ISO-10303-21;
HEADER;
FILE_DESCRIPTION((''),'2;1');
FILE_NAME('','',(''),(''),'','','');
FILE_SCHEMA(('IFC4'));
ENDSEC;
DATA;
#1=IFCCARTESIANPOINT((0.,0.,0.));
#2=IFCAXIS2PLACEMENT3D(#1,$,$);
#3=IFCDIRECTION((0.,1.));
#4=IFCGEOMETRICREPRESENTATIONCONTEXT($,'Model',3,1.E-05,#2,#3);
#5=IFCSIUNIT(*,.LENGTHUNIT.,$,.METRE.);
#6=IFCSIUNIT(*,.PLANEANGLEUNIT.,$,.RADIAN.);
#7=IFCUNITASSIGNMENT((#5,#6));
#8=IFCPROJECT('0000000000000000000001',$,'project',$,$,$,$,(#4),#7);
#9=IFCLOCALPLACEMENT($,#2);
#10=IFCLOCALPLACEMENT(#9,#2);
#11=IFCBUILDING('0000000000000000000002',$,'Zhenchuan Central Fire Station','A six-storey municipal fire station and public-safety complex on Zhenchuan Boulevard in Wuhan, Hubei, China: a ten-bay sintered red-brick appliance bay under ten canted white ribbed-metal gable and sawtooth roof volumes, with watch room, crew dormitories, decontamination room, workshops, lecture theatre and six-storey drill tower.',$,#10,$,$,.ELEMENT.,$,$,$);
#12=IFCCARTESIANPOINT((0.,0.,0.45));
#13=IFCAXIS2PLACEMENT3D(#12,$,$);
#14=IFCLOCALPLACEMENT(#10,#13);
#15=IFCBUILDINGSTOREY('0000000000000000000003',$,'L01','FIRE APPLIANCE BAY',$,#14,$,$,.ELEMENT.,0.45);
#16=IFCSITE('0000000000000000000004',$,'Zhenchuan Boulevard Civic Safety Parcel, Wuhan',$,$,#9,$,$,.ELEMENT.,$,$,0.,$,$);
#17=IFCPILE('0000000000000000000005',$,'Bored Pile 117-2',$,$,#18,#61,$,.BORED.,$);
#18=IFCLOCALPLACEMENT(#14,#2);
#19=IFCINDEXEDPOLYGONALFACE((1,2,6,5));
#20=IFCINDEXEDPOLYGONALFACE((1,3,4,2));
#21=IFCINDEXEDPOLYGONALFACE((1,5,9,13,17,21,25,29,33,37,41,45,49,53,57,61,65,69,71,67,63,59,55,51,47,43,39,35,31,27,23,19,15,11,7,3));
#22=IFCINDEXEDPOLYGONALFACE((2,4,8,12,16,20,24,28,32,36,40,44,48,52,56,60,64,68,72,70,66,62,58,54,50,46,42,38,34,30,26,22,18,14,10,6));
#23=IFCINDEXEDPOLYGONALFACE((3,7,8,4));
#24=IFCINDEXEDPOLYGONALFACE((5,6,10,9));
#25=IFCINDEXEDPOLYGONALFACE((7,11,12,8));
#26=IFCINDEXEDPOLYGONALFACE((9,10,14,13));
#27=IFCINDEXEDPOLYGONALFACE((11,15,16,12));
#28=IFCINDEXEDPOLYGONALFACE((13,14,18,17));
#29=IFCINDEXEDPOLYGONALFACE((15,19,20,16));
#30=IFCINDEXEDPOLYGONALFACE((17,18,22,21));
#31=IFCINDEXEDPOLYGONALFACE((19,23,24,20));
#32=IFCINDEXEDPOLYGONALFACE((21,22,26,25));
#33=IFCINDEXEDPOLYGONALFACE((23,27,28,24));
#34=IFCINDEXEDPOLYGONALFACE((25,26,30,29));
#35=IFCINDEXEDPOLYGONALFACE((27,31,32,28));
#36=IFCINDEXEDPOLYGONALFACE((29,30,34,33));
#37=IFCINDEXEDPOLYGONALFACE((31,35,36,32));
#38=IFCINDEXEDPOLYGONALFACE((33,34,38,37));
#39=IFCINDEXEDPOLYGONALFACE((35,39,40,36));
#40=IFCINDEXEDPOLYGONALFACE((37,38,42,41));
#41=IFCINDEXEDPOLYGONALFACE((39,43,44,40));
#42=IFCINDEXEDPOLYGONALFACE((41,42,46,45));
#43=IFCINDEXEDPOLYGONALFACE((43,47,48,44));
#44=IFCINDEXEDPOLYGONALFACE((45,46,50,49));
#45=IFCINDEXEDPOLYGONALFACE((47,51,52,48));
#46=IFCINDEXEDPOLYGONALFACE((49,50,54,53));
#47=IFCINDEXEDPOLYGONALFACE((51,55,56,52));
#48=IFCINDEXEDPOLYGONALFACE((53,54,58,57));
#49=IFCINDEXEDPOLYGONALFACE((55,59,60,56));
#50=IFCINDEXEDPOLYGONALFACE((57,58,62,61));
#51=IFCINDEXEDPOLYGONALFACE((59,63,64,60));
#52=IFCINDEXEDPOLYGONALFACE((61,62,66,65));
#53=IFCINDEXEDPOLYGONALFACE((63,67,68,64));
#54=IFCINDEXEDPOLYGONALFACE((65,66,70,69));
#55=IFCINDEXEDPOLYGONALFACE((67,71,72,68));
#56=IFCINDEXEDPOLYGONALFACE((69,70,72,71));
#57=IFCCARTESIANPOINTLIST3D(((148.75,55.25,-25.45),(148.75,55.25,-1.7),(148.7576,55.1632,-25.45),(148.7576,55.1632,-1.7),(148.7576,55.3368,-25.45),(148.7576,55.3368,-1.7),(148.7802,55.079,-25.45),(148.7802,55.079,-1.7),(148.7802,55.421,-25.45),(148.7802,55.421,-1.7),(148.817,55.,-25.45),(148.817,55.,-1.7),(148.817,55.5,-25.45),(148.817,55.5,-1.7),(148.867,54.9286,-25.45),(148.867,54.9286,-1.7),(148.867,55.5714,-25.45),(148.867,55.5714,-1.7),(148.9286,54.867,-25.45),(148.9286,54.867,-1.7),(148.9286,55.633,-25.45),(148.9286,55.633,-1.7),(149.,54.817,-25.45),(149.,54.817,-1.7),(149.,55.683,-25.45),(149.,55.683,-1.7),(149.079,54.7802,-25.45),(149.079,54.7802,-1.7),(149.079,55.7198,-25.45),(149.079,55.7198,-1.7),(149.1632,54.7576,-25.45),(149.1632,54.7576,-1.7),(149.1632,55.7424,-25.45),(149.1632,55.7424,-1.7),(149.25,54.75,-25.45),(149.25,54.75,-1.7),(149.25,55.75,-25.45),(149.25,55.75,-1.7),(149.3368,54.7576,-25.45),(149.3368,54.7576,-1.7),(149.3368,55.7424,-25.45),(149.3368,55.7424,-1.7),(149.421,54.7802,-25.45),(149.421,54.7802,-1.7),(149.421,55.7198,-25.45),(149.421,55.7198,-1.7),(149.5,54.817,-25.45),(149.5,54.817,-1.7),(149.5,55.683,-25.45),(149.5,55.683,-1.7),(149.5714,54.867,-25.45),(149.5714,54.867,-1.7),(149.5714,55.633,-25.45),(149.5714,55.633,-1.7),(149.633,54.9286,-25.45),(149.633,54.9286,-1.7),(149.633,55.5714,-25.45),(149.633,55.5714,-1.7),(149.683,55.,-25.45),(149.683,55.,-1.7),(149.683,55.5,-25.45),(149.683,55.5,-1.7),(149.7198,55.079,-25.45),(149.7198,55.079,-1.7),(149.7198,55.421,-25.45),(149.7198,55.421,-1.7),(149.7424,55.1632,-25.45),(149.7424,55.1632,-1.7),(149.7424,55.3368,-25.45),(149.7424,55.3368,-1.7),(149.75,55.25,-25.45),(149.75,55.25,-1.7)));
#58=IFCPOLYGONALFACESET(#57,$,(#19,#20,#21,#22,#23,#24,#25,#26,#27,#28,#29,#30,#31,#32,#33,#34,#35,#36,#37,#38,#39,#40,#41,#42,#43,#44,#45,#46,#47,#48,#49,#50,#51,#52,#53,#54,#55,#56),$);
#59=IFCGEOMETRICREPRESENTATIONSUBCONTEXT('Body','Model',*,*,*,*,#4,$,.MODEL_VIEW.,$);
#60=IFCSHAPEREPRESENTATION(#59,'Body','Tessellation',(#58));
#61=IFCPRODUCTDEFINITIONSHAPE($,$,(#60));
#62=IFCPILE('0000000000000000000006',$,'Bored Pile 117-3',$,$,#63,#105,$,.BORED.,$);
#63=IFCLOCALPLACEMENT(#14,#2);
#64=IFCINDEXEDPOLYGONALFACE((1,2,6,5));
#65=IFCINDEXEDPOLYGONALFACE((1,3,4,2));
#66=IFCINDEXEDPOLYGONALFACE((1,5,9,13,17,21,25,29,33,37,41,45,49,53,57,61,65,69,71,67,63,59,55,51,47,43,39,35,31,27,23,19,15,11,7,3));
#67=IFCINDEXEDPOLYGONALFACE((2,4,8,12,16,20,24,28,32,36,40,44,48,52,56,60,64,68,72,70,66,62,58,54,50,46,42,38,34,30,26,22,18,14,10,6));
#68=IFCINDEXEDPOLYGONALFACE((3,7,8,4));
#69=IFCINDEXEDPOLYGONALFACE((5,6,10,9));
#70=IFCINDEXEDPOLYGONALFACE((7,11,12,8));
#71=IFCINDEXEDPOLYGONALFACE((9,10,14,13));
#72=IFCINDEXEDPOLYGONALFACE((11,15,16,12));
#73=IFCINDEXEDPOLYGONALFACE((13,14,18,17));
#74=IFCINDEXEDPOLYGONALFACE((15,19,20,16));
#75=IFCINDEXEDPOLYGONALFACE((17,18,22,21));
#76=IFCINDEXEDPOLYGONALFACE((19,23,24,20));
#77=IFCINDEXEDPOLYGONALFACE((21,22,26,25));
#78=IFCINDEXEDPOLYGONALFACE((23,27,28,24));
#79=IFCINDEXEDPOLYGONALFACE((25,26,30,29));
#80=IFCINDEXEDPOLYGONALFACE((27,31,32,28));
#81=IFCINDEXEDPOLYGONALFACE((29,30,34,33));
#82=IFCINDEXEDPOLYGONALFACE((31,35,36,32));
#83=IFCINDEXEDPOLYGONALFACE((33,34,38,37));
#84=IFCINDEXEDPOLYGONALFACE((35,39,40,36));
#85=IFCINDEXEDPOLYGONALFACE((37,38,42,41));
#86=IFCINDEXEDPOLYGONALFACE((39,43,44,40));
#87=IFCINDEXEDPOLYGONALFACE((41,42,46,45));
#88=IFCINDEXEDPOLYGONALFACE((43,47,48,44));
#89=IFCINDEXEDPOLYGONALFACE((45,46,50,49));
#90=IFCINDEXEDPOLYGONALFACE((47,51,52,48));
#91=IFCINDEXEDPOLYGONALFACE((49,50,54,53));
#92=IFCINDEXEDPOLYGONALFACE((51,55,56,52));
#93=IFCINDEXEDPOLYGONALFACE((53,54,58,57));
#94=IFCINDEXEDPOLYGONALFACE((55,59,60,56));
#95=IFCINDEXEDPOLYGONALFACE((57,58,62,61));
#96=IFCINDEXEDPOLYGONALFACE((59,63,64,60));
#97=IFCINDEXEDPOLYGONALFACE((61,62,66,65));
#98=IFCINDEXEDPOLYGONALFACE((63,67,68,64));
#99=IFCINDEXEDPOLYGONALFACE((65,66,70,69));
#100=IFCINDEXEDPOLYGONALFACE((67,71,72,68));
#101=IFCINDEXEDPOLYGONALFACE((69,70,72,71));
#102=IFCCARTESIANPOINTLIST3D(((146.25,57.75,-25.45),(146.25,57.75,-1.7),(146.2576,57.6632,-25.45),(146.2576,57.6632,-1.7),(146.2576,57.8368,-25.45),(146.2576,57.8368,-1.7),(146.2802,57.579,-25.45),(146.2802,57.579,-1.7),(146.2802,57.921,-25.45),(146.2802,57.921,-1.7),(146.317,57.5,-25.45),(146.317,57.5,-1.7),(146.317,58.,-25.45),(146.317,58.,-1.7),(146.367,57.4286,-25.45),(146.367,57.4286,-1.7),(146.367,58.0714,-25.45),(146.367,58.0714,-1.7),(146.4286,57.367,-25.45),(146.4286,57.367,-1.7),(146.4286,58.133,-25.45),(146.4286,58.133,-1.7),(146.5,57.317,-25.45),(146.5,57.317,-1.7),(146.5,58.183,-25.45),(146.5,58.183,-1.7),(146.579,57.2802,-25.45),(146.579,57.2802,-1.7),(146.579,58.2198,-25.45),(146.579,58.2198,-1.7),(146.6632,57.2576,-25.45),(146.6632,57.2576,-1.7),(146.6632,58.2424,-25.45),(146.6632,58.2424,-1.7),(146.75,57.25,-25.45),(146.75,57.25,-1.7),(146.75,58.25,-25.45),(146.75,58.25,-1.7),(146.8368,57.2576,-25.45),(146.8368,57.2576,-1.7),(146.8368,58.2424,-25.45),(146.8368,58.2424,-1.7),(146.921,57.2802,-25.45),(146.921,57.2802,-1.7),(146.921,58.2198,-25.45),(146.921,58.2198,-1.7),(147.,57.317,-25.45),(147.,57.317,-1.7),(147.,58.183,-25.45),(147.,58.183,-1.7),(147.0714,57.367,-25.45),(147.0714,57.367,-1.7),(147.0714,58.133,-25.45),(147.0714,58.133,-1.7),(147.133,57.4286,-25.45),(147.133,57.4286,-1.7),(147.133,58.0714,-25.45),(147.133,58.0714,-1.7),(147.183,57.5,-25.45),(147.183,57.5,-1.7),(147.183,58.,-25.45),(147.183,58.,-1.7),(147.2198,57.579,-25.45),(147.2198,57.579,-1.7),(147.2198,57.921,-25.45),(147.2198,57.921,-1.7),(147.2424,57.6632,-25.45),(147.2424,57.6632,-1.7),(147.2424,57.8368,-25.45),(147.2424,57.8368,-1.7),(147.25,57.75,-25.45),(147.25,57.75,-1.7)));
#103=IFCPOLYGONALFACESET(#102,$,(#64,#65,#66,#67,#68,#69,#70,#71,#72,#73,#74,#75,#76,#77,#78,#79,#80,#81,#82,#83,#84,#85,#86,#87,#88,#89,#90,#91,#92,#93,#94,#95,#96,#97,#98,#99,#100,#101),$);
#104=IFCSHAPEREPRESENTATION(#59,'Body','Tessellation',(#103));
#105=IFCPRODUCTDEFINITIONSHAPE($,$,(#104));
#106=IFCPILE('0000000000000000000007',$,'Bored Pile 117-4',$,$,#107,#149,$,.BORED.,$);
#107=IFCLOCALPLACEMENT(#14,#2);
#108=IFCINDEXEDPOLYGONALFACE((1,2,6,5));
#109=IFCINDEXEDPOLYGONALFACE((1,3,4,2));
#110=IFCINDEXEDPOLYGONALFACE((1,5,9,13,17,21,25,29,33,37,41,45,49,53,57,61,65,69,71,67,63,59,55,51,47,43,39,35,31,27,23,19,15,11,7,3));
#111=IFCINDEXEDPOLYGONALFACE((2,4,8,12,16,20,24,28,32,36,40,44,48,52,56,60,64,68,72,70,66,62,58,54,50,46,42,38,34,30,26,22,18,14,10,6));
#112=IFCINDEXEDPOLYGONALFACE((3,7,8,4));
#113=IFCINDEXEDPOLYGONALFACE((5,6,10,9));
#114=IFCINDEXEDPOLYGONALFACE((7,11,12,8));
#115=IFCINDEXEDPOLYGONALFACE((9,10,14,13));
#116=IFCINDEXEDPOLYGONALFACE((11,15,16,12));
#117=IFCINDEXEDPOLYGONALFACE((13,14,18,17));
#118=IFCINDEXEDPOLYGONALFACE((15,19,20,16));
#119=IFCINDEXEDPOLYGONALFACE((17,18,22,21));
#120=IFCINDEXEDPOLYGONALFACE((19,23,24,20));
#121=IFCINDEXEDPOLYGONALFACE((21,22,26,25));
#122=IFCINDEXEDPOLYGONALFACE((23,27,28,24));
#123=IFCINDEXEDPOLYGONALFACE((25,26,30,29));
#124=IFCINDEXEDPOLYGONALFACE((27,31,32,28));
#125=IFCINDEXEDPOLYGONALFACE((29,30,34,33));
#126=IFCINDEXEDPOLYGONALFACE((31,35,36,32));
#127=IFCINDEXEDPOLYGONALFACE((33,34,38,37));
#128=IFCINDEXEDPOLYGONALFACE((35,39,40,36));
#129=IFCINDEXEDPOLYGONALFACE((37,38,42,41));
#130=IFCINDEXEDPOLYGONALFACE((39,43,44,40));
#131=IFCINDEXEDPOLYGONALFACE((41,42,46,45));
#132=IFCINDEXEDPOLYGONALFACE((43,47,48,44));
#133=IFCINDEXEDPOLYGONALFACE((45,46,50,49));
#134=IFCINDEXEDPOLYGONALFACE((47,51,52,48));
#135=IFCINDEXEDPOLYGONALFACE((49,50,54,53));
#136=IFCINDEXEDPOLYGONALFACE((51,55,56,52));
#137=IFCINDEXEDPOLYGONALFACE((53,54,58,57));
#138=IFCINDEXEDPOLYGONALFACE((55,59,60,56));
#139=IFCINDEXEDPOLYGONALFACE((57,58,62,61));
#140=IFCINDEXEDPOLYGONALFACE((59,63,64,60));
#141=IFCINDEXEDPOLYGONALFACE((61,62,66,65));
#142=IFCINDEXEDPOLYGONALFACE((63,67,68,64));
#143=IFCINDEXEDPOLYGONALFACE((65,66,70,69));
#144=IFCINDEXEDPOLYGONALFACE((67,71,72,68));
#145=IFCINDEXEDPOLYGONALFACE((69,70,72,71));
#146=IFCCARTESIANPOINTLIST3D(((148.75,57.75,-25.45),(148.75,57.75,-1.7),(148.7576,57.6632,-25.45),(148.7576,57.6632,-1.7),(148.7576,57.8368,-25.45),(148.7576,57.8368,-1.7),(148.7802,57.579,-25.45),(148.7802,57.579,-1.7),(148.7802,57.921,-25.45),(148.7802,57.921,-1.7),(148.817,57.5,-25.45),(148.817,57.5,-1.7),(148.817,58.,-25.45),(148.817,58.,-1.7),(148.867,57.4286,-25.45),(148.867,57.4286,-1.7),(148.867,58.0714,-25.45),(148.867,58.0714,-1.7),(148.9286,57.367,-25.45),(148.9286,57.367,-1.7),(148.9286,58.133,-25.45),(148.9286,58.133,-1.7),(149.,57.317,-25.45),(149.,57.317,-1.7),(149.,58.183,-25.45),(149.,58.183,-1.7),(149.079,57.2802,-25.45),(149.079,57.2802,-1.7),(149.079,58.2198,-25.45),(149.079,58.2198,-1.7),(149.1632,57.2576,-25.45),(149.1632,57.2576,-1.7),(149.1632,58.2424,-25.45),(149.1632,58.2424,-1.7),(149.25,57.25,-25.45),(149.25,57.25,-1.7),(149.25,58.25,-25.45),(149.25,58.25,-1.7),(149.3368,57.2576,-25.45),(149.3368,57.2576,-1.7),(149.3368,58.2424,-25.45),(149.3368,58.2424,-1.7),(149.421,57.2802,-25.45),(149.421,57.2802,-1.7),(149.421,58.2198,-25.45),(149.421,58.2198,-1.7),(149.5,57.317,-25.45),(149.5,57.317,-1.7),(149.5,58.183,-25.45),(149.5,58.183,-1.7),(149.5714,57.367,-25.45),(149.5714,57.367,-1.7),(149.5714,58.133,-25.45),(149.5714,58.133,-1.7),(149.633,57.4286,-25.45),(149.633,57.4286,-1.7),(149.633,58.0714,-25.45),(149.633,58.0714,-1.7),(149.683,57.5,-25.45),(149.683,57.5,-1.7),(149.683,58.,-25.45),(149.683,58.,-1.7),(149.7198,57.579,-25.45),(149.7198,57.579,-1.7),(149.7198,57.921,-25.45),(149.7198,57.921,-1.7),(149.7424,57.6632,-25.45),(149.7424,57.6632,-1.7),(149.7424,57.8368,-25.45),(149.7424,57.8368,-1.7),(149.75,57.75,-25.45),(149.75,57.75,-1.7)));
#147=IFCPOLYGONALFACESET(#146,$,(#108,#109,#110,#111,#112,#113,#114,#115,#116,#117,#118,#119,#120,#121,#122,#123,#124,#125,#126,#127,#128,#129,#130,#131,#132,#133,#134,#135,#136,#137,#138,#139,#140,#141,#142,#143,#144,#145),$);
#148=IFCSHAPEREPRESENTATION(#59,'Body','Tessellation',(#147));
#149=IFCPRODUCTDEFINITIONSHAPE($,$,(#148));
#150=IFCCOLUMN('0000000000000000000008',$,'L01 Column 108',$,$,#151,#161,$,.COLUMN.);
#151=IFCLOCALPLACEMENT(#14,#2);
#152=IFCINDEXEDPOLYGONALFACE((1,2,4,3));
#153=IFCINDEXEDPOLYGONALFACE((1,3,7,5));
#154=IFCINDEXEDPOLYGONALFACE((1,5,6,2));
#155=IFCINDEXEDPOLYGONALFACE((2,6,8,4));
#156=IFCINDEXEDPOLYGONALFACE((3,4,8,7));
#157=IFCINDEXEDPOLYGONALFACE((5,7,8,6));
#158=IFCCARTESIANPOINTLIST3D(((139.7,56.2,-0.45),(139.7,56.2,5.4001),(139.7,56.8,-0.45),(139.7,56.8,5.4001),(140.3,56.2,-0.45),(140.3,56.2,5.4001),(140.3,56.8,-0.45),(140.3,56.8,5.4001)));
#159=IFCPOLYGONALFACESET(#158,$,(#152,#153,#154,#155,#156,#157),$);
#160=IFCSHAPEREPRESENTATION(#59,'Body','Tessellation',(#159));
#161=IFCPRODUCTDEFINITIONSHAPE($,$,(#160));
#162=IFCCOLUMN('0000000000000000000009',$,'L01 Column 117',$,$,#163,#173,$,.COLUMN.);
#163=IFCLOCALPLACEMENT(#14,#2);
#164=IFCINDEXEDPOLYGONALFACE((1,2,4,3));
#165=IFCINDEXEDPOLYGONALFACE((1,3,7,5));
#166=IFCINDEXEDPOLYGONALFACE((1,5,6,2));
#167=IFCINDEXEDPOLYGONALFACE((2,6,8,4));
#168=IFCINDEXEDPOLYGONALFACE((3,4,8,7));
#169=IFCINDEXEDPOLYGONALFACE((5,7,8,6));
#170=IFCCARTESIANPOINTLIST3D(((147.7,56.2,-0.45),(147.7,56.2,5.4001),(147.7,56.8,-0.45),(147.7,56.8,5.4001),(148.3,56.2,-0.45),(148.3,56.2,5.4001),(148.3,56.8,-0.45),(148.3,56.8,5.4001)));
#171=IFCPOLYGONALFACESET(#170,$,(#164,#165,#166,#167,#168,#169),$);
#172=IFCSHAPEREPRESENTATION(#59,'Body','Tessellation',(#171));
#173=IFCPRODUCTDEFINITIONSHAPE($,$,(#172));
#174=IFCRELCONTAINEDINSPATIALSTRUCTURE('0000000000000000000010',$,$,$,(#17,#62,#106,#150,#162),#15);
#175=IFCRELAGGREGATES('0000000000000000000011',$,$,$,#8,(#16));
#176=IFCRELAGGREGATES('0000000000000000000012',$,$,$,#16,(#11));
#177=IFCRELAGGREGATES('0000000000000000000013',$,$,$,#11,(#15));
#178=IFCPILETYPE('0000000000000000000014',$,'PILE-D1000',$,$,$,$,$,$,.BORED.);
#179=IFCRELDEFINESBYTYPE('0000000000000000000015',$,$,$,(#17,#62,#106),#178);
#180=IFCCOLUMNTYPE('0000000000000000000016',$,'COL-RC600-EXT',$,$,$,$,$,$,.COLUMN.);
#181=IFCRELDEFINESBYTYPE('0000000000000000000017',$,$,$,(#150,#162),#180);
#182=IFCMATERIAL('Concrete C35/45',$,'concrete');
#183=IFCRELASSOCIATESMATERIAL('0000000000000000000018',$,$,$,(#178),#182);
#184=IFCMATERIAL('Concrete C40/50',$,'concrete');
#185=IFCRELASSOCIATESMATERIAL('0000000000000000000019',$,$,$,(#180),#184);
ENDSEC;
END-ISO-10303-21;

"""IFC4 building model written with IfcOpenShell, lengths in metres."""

from ifc_helpers import new_model, si_unit, direction, frame, origin, origin_2d, place, context, subcontext, project, spatial, rectangle, circle, extrude, material, material_profile, profile_set, type_object, element, save


model = new_model("IFC4")

# Units and contexts
model_context = context("Model", 3, precision=1e-05, world=origin(), true_north=direction((0.0, 1.0)))
body_context = subcontext(model_context, "Body", "Model", "MODEL_VIEW")
ifc_project = project(units=[si_unit("LENGTHUNIT", "METRE"), si_unit("PLANEANGLEUNIT", "RADIAN")], contexts=[model_context])

# Site, building, storey
site_placement = place(None, origin())
site = spatial("IfcSite", under=ifc_project, at=site_placement, Name="Zhenchuan Boulevard Civic Safety Parcel, Wuhan", CompositionType="ELEMENT", RefElevation=0.0)
building_placement = place(site_placement, origin())
building = spatial("IfcBuilding", under=site, at=building_placement, Name="Zhenchuan Central Fire Station", Description="A six-storey municipal fire station and public-safety complex on Zhenchuan Boulevard in Wuhan, Hubei, China: a ten-bay sintered red-brick appliance bay under ten canted white ribbed-metal gable and sawtooth roof volumes, with watch room, crew dormitories, decontamination room, workshops, lecture theatre and six-storey drill tower.", CompositionType="ELEMENT")
storey_placement = place(building_placement, frame((0.0, 0.0, 0.45)))
storey = spatial("IfcBuildingStorey", under=building, at=storey_placement, Name="L01", Description="FIRE APPLIANCE BAY", CompositionType="ELEMENT", Elevation=0.45)

# Shared definitions
ifc_material_1 = material(Name="Concrete C40/50", Category="concrete")

# Piles
ifc_material_2 = material(Name="Concrete C35/45", Category="concrete")
ifc_material_profile_1 = material_profile(ifc_material_2, circle(Radius=0.5, at=origin_2d()), Name="PILE D1000")
ifc_profile_set_1 = profile_set([ifc_material_profile_1], Name="Concrete C35/45")
pile_type = type_object("IfcPileType", Name="PILE-D1000", PredefinedType="BORED", material=ifc_profile_set_1)
for number, where, z_axis, x_axis, name in (
    (1, (149.25, 55.25, -1.7), (0.0, 0.0, -1.0), (1.0, 0.0, 0.0), "Bored Pile 117-2"),
    (2, (146.75, 57.75, -1.7), (0.0, 0.0, -1.0), (1.0, 0.0, 0.0), "Bored Pile 117-3"),
    (3, (149.25, 57.75, -1.7), (0.0, 0.0, -1.0), (1.0, 0.0, 0.0), "Bored Pile 117-4"),
):
    element("IfcPile", number, at=place(storey_placement, frame(where, z_axis=z_axis, x_axis=x_axis)), inside=storey, type_object=pile_type, Name=name, PredefinedType="BORED", context=body_context, shape_type="SweptSolid", body=[
        extrude(circle(Radius=0.5, at=origin_2d()), origin(), (0.0, 0.0, 1.0), 23.75),
    ])

# Columns
ifc_material_profile_2 = material_profile(ifc_material_1, rectangle(XDim=0.6001, YDim=0.6001, at=origin_2d()), Name="RC 600x600")
ifc_profile_set_2 = profile_set([ifc_material_profile_2], Name="Concrete C40/50")
column_type = type_object("IfcColumnType", Name="COL-RC600-EXT", PredefinedType="COLUMN", material=ifc_profile_set_2)
for number, where, z_axis, x_axis, name in (
    (4, (140.0, 56.5, -0.45), (0.0, 0.0, 1.0), (1.0, 0.0, 0.0), "L01 Column 108"),
    (5, (148.0, 56.5, -0.45), (0.0, 0.0, 1.0), (1.0, 0.0, 0.0), "L01 Column 117"),
):
    element("IfcColumn", number, at=place(storey_placement, frame(where, z_axis=z_axis, x_axis=x_axis)), inside=storey, type_object=column_type, Name=name, PredefinedType="COLUMN", context=body_context, shape_type="SweptSolid", body=[
        extrude(rectangle(XDim=0.6001, YDim=0.6001, at=origin_2d()), origin(), (0.0, 0.0, 1.0), 5.8501),
    ])

save(model, "model.ifc")
